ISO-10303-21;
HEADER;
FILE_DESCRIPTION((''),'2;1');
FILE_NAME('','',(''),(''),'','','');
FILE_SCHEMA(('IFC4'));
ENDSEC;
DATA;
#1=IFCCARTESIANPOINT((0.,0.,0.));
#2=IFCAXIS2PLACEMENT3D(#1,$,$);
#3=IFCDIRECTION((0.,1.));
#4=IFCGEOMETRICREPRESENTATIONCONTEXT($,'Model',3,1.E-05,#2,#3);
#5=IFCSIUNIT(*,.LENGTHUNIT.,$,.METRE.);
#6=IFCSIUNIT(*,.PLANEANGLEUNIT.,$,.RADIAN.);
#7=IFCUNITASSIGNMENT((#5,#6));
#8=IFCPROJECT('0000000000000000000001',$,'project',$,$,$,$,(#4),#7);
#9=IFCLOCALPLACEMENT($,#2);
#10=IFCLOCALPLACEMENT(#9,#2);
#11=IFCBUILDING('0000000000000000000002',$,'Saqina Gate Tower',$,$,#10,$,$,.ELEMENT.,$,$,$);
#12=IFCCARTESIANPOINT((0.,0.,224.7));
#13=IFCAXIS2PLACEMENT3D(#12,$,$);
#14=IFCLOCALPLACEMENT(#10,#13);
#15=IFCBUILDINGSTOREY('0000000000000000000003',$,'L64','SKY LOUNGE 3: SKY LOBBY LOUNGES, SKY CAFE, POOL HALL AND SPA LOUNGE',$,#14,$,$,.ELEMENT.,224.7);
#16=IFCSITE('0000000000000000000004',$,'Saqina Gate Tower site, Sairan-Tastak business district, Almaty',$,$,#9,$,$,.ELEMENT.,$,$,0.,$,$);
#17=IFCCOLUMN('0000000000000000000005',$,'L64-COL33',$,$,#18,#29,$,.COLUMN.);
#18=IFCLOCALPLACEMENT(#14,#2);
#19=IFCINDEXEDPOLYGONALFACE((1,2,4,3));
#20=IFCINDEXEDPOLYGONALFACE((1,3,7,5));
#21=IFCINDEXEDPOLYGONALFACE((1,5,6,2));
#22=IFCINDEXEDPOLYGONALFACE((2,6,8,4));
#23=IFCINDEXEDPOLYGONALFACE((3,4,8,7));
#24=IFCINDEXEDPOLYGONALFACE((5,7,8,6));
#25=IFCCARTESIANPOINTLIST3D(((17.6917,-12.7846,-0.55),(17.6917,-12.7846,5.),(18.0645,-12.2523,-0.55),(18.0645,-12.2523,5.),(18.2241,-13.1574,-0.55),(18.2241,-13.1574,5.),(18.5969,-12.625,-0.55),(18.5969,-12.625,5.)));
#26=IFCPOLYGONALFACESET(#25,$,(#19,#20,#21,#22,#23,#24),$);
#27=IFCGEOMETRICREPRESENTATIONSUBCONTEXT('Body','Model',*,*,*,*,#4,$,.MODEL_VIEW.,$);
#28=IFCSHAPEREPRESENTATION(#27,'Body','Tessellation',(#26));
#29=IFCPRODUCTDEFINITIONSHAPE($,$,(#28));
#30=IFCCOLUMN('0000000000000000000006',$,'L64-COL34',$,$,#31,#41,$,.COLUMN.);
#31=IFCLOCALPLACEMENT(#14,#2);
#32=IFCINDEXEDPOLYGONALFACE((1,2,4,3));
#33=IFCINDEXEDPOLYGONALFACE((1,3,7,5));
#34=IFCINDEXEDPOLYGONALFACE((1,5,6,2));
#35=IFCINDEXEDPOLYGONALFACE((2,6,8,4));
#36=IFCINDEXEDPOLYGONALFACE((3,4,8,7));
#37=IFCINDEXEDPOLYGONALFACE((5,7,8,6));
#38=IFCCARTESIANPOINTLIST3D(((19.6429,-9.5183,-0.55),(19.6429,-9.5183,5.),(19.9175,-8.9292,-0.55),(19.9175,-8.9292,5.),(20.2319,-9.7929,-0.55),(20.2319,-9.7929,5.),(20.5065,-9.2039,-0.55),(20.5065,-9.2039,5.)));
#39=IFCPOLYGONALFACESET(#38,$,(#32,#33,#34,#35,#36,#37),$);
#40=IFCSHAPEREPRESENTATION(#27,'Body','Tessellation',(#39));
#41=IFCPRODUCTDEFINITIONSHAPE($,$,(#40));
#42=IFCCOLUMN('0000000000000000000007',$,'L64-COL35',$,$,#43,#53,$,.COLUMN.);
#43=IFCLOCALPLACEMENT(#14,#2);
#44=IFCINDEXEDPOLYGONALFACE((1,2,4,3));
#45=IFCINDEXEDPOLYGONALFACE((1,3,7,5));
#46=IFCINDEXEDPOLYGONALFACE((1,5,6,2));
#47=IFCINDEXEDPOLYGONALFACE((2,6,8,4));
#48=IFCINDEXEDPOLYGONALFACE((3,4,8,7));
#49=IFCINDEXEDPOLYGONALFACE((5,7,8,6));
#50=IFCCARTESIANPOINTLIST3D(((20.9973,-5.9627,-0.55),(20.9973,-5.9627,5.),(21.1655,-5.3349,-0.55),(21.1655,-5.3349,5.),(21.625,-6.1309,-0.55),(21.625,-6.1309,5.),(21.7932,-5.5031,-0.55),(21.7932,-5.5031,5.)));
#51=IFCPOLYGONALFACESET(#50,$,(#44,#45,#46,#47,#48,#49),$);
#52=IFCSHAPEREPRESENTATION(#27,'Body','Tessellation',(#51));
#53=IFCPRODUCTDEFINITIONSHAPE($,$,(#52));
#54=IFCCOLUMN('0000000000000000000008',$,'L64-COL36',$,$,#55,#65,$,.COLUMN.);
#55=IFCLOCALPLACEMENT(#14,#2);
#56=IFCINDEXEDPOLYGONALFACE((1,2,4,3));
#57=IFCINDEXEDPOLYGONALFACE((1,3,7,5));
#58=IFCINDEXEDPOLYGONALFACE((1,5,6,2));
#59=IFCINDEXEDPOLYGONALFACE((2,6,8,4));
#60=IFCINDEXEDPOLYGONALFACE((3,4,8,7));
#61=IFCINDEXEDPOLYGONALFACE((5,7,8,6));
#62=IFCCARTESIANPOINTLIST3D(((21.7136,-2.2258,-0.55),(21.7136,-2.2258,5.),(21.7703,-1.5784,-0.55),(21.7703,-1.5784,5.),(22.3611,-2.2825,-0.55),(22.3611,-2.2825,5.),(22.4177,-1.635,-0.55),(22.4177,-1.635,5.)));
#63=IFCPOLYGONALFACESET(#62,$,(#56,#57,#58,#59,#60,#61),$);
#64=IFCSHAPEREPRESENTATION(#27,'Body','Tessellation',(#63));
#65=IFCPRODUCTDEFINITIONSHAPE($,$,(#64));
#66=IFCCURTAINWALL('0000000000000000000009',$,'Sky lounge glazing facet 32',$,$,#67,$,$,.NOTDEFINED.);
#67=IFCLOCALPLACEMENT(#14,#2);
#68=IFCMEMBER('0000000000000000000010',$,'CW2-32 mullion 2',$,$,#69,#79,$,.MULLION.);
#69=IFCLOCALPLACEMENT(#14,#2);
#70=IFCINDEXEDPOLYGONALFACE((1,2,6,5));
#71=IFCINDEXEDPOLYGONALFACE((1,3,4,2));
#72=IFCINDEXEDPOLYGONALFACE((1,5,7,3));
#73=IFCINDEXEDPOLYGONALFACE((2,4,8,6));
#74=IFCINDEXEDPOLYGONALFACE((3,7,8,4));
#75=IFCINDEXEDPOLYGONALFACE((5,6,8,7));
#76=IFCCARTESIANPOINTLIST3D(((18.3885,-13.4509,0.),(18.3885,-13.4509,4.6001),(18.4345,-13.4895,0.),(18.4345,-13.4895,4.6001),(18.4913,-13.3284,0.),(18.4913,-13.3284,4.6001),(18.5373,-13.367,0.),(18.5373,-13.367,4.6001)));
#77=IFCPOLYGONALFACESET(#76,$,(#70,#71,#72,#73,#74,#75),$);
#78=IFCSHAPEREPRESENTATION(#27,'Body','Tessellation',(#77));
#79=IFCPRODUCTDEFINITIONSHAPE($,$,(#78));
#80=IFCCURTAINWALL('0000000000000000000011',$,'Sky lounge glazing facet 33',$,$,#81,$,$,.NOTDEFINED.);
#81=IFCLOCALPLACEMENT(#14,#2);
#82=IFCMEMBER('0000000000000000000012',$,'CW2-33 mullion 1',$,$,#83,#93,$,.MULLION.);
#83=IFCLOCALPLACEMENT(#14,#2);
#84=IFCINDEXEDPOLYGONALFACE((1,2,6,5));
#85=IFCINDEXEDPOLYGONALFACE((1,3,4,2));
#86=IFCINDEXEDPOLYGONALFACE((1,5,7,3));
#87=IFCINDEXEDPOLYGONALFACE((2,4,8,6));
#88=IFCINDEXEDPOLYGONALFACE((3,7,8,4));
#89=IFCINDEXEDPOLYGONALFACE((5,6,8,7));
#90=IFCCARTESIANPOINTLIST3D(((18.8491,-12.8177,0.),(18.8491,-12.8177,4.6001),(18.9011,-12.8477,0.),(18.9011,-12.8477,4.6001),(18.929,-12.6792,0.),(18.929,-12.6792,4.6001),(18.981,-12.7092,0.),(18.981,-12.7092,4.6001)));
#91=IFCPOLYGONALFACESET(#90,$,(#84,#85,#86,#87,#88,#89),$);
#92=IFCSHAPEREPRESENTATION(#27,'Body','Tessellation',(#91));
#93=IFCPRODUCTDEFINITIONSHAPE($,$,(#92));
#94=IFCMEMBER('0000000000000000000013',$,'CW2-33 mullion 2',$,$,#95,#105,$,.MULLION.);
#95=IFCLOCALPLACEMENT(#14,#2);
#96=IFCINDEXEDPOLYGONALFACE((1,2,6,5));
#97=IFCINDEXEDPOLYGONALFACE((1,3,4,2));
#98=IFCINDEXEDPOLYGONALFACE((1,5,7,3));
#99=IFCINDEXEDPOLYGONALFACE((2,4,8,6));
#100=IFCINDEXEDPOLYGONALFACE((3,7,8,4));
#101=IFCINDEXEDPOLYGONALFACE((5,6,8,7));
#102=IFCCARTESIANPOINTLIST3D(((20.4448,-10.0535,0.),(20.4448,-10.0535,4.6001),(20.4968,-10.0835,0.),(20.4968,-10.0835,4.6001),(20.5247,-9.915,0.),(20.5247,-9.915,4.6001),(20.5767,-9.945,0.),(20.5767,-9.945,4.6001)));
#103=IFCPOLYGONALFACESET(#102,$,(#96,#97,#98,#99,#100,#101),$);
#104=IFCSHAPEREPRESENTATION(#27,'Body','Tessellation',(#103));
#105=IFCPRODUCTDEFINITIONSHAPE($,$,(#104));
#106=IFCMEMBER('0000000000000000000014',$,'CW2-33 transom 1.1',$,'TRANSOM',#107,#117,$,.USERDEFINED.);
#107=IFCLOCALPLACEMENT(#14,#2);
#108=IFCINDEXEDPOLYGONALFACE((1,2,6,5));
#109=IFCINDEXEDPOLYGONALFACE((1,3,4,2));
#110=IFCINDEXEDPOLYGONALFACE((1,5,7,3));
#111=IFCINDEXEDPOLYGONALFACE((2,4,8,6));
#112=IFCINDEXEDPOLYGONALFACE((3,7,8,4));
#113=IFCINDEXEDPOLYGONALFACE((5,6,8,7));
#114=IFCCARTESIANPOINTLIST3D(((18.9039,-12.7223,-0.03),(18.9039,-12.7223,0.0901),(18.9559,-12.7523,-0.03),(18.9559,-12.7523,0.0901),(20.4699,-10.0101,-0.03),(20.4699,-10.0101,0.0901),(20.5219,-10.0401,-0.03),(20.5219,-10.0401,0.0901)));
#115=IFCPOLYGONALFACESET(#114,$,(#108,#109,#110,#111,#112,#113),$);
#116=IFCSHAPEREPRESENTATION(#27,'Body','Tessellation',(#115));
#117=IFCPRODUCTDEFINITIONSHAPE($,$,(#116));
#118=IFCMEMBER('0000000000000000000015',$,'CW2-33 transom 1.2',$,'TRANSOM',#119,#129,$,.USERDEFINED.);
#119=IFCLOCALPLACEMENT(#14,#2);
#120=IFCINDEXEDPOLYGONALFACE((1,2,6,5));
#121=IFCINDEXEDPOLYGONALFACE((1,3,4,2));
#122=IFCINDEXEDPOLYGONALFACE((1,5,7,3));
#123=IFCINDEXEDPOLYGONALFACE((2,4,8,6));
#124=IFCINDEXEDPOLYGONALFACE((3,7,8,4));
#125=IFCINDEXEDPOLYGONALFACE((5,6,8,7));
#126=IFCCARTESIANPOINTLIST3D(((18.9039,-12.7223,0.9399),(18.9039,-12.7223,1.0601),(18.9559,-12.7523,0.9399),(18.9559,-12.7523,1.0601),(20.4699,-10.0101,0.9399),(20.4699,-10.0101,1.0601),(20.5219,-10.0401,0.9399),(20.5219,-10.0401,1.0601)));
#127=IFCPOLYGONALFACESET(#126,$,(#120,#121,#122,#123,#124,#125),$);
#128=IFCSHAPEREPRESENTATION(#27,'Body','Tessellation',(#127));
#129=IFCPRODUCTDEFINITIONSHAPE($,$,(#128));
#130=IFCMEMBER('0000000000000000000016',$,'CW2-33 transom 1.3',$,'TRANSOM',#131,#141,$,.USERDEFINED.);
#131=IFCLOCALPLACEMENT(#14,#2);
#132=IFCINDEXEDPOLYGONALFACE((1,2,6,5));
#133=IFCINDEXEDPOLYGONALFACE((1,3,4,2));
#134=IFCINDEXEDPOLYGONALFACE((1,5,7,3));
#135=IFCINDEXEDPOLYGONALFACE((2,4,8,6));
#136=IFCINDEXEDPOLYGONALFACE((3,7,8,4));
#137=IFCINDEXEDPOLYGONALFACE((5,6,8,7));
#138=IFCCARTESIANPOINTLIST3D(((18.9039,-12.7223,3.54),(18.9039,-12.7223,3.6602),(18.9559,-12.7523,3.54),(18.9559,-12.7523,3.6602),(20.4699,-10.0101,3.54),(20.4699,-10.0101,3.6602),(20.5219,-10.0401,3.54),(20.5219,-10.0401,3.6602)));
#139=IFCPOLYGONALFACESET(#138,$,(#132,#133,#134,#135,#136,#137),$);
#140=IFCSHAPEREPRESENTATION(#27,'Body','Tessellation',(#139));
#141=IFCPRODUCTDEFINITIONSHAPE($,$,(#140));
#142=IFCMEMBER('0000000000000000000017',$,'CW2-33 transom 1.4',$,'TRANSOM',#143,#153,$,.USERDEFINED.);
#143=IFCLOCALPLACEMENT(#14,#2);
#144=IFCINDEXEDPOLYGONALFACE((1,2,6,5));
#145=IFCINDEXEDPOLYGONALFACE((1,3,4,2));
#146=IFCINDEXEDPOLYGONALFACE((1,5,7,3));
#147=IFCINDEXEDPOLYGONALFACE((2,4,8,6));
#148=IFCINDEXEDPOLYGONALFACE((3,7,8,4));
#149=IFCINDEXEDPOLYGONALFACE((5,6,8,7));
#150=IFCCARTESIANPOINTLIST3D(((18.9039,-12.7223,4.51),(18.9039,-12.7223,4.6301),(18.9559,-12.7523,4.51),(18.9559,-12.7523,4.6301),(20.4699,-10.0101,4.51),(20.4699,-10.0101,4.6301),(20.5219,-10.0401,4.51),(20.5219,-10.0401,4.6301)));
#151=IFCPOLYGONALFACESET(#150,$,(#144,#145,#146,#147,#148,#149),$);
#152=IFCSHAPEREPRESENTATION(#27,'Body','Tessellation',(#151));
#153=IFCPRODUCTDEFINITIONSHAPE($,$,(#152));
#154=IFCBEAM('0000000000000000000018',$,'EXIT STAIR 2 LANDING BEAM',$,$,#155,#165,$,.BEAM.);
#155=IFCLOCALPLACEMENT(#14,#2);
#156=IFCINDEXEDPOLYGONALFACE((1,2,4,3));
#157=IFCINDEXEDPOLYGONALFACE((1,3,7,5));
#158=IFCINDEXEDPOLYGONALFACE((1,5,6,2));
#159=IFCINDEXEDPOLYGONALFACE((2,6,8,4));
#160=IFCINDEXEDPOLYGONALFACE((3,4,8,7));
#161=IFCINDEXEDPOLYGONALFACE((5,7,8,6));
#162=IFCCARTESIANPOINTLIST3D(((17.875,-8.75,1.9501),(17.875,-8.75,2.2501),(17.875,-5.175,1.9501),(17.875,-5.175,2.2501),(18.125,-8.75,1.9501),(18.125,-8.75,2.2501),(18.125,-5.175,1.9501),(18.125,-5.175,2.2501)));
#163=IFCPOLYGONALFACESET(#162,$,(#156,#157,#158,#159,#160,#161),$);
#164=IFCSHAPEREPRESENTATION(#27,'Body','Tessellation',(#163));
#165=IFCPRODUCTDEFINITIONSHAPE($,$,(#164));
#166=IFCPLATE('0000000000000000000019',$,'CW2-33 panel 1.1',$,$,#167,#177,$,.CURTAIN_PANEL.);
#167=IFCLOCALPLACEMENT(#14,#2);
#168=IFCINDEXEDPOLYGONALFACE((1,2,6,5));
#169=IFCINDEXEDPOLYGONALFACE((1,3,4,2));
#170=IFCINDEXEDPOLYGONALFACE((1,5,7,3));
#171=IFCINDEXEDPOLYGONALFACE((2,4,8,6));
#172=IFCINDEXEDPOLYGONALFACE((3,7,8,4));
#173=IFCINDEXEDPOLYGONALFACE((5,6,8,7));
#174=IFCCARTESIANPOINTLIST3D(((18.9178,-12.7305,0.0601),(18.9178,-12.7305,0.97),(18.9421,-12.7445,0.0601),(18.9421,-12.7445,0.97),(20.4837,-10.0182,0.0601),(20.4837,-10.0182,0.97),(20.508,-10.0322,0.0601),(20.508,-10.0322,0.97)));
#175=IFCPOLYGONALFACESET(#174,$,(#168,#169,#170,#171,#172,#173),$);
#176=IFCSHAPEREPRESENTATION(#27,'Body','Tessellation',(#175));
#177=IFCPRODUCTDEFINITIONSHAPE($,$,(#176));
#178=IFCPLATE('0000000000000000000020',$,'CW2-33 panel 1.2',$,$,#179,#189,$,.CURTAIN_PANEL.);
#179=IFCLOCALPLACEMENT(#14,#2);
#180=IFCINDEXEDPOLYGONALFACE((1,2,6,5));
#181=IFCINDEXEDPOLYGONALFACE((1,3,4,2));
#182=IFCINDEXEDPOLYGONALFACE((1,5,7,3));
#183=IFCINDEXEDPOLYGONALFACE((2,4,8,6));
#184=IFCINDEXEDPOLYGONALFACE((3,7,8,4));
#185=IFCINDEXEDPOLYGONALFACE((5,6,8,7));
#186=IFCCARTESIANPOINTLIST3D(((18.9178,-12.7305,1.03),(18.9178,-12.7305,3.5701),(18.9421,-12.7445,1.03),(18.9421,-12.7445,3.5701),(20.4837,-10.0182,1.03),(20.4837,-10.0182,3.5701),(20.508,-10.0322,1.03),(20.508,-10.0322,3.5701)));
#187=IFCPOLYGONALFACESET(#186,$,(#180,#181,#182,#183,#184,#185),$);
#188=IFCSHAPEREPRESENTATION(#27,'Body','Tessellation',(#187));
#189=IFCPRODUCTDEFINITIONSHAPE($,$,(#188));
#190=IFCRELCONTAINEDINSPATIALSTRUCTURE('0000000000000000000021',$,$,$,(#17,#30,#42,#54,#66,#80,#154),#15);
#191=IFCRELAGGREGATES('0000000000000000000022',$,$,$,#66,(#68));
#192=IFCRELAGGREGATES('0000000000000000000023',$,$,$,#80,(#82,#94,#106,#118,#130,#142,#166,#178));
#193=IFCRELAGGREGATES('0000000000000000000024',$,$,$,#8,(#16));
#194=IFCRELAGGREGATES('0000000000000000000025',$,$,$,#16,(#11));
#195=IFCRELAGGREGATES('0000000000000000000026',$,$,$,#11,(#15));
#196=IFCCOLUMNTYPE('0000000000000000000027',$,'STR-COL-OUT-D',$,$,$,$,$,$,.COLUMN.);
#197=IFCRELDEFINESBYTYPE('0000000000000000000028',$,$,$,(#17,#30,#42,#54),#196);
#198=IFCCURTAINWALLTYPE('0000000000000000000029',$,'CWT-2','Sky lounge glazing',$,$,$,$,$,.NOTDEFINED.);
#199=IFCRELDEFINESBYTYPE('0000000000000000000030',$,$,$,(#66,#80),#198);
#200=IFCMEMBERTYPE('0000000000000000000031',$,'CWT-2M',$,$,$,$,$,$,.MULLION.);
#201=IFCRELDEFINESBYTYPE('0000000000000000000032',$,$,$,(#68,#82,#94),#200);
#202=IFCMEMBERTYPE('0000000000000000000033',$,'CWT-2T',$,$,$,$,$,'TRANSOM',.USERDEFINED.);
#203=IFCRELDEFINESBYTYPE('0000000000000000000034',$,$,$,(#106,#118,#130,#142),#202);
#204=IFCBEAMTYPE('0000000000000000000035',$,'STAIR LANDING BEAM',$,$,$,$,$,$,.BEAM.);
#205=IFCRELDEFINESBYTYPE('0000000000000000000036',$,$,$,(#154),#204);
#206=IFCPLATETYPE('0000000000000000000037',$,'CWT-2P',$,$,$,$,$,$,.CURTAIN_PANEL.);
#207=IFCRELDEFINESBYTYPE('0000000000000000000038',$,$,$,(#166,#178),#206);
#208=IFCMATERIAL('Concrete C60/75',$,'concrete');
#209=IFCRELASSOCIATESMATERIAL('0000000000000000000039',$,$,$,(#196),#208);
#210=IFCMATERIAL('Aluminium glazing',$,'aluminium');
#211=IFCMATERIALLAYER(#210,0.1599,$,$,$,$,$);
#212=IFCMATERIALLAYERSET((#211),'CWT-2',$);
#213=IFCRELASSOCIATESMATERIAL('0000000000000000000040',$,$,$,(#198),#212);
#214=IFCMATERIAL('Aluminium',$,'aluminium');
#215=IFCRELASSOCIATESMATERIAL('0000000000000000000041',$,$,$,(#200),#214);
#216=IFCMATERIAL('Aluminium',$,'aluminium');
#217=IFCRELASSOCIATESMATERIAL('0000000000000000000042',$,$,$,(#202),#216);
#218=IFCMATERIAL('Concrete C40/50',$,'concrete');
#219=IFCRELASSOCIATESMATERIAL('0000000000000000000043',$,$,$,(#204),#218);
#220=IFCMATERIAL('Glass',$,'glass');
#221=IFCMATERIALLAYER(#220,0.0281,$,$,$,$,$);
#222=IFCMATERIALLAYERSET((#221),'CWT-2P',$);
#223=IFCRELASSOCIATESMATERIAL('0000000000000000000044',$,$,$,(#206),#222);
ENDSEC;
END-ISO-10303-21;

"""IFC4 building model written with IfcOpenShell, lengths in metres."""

from ifc_helpers import new_model, si_unit, direction, frame, origin, origin_2d, place, context, subcontext, project, spatial, rectangle, extrude, material, layer, layer_set, material_profile, profile_set, type_object, element, aggregate, save


model = new_model("IFC4")

# Units and contexts
model_context = context("Model", 3, precision=1e-05, world=origin(), true_north=direction((0.0, 1.0)))
body_context = subcontext(model_context, "Body", "Model", "MODEL_VIEW")
ifc_project = project(units=[si_unit("LENGTHUNIT", "METRE"), si_unit("PLANEANGLEUNIT", "RADIAN")], contexts=[model_context])

# Site, building, storey
site_placement = place(None, origin())
site = spatial("IfcSite", under=ifc_project, at=site_placement, Name="Saqina Gate Tower site, Sairan-Tastak business district, Almaty", CompositionType="ELEMENT", RefElevation=0.0)
building_placement = place(site_placement, origin())
building = spatial("IfcBuilding", under=site, at=building_placement, Name="Saqina Gate Tower", CompositionType="ELEMENT")
storey_placement = place(building_placement, frame((0.0, 0.0, 224.7)))
storey = spatial("IfcBuildingStorey", under=building, at=storey_placement, Name="L64", Description="SKY LOUNGE 3: SKY LOBBY LOUNGES, SKY CAFE, POOL HALL AND SPA LOUNGE", CompositionType="ELEMENT", Elevation=224.7)

# Columns
ifc_material_1 = material(Name="Concrete C60/75", Category="concrete")
ifc_material_profile_1 = material_profile(ifc_material_1, rectangle(XDim=0.6499, YDim=0.6499, at=origin_2d()), Name="RC 650x650")
ifc_profile_set_1 = profile_set([ifc_material_profile_1], Name="Concrete C60/75")
column_type = type_object("IfcColumnType", Name="STR-COL-OUT-D", PredefinedType="COLUMN", material=ifc_profile_set_1)
for number, where, z_axis, x_axis, name in (
    (1, (18.1443, -12.7048, -0.55), (0.0, 0.0, 1.0), (0.819152, -0.573576, 0.0), "L64-COL33"),
    (2, (20.0747, -9.3611, -0.55), (0.0, 0.0, 1.0), (0.906308, -0.422618, 0.0), "L64-COL34"),
    (3, (21.3953, -5.7329, -0.55), (0.0, 0.0, 1.0), (0.965926, -0.258819, 0.0), "L64-COL35"),
    (4, (22.0657, -1.9304, -0.55), (0.0, 0.0, 1.0), (0.996195, -0.087156, 0.0), "L64-COL36"),
):
    element("IfcColumn", number, at=place(storey_placement, frame(where, z_axis=z_axis, x_axis=x_axis)), inside=storey, type_object=column_type, Name=name, PredefinedType="COLUMN", context=body_context, shape_type="SweptSolid", body=[
        extrude(rectangle(XDim=0.6499, YDim=0.6499, at=origin_2d()), origin(), (0.0, 0.0, 1.0), 5.55),
    ])

# Curtain wall, member
ifc_material_2 = material(Name="Aluminium glazing", Category="aluminium")
ifc_layer_1 = layer(ifc_material_2, 0.1599)
ifc_layer_set_1 = layer_set([ifc_layer_1], Name="CWT-2")
curtain_wall_type = type_object("IfcCurtainWallType", Name="CWT-2", Description="Sky lounge glazing", PredefinedType="NOTDEFINED", material=ifc_layer_set_1)
curtain_wall_1_placement = place(storey_placement, origin())
curtain_wall_1 = element("IfcCurtainWall", 5, at=curtain_wall_1_placement, inside=storey, type_object=curtain_wall_type, Name="Sky lounge glazing facet 32", PredefinedType="NOTDEFINED")
ifc_material_3 = material(Name="Aluminium", Category="aluminium")
ifc_material_profile_2 = material_profile(ifc_material_3, rectangle(XDim=0.0601, YDim=0.1599, at=origin_2d()), Name="Aluminium 60x160")
ifc_profile_set_2 = profile_set([ifc_material_profile_2], Name="Aluminium")
member_type_1 = type_object("IfcMemberType", Name="CWT-2M", PredefinedType="MULLION", material=ifc_profile_set_2)
member_1_placement = place(storey_placement, frame((18.4629, -13.4089, 0.0), z_axis=(0.0, 0.0, 1.0), x_axis=(-0.766046, 0.642785, 0.0)))
member_1 = element("IfcMember", 6, at=member_1_placement, type_object=member_type_1, Name="CW2-32 mullion 2", PredefinedType="MULLION", context=body_context, shape_type="SweptSolid", body=[
    extrude(rectangle(XDim=0.0601, YDim=0.1599, at=origin_2d()), origin(), (0.0, 0.0, 1.0), 4.6001),
])
aggregate(curtain_wall_1, [member_1])

# Curtain wall, members
curtain_wall_2_placement = place(storey_placement, origin())
curtain_wall_2 = element("IfcCurtainWall", 7, at=curtain_wall_2_placement, inside=storey, type_object=curtain_wall_type, Name="Sky lounge glazing facet 33", PredefinedType="NOTDEFINED")
member_2_placement = place(storey_placement, frame((18.915, -12.7634, 0.0), z_axis=(0.0, 0.0, 1.0), x_axis=(-0.866036, 0.499982, 0.0)))
member_2 = element("IfcMember", 8, at=member_2_placement, type_object=member_type_1, Name="CW2-33 mullion 1", PredefinedType="MULLION", context=body_context, shape_type="SweptSolid", body=[
    extrude(rectangle(XDim=0.0601, YDim=0.1599, at=origin_2d()), origin(), (0.0, 0.0, 1.0), 4.6001),
])
member_3_placement = place(storey_placement, frame((20.5107, -9.9993, 0.0), z_axis=(0.0, 0.0, 1.0), x_axis=(-0.866036, 0.499982, 0.0)))
member_3 = element("IfcMember", 9, at=member_3_placement, type_object=member_type_1, Name="CW2-33 mullion 2", PredefinedType="MULLION", context=body_context, shape_type="SweptSolid", body=[
    extrude(rectangle(XDim=0.0601, YDim=0.1599, at=origin_2d()), origin(), (0.0, 0.0, 1.0), 4.6001),
])
ifc_material_4 = material(Name="Aluminium", Category="aluminium")
ifc_material_profile_3 = material_profile(ifc_material_4, rectangle(XDim=0.0601, YDim=0.1201, at=origin_2d()), Name="Aluminium 60x120")
ifc_profile_set_3 = profile_set([ifc_material_profile_3], Name="Aluminium")
member_type_2 = type_object("IfcMemberType", Name="CWT-2T", ElementType="TRANSOM", PredefinedType="USERDEFINED", material=ifc_profile_set_3)
member_4_placement = place(storey_placement, frame((18.9299, -12.7373, 0.03), z_axis=(0.500013, 0.866018, 0.0), x_axis=(-0.866018, 0.500013, 0.0)))
member_4 = element("IfcMember", 10, at=member_4_placement, type_object=member_type_2, Name="CW2-33 transom 1.1", ObjectType="TRANSOM", PredefinedType="USERDEFINED", context=body_context, shape_type="SweptSolid", body=[
    extrude(rectangle(XDim=0.0601, YDim=0.1201, at=origin_2d()), origin(), (0.0, 0.0, 1.0), 3.1318),
])
member_5_placement = place(storey_placement, frame((18.9299, -12.7373, 1.0), z_axis=(0.500013, 0.866018, 0.0), x_axis=(-0.866018, 0.500013, 0.0)))
member_5 = element("IfcMember", 11, at=member_5_placement, type_object=member_type_2, Name="CW2-33 transom 1.2", ObjectType="TRANSOM", PredefinedType="USERDEFINED", context=body_context, shape_type="SweptSolid", body=[
    extrude(rectangle(XDim=0.0601, YDim=0.1201, at=origin_2d()), origin(), (0.0, 0.0, 1.0), 3.1318),
])
member_6_placement = place(storey_placement, frame((18.9299, -12.7373, 3.6001), z_axis=(0.500013, 0.866018, 0.0), x_axis=(-0.866018, 0.500013, 0.0)))
member_6 = element("IfcMember", 12, at=member_6_placement, type_object=member_type_2, Name="CW2-33 transom 1.3", ObjectType="TRANSOM", PredefinedType="USERDEFINED", context=body_context, shape_type="SweptSolid", body=[
    extrude(rectangle(XDim=0.0601, YDim=0.1201, at=origin_2d()), origin(), (0.0, 0.0, 1.0), 3.1318),
])
member_7_placement = place(storey_placement, frame((18.9299, -12.7373, 4.5701), z_axis=(0.500013, 0.866018, 0.0), x_axis=(-0.866018, 0.500013, 0.0)))
member_7 = element("IfcMember", 13, at=member_7_placement, type_object=member_type_2, Name="CW2-33 transom 1.4", ObjectType="TRANSOM", PredefinedType="USERDEFINED", context=body_context, shape_type="SweptSolid", body=[
    extrude(rectangle(XDim=0.0601, YDim=0.1201, at=origin_2d()), origin(), (0.0, 0.0, 1.0), 3.1318),
])

# Beam
ifc_material_5 = material(Name="Concrete C40/50", Category="concrete")
ifc_material_profile_4 = material_profile(ifc_material_5, rectangle(XDim=0.25, YDim=0.3, at=origin_2d()), Name="STAIR LANDING BEAM")
ifc_profile_set_4 = profile_set([ifc_material_profile_4], Name="Concrete C40/50")
beam_type = type_object("IfcBeamType", Name="STAIR LANDING BEAM", PredefinedType="BEAM", material=ifc_profile_set_4)
beam_placement = place(storey_placement, frame((18.0, -8.75, 2.1001), z_axis=(0.0, 1.0, 0.0), x_axis=(-1.0, 0.0, 0.0)))
element("IfcBeam", 14, at=beam_placement, inside=storey, type_object=beam_type, Name="EXIT STAIR 2 LANDING BEAM", PredefinedType="BEAM", context=body_context, shape_type="SweptSolid", body=[
    extrude(rectangle(XDim=0.25, YDim=0.3, at=origin_2d()), origin(), (0.0, 0.0, 1.0), 3.575),
])

# Plates
ifc_material_6 = material(Name="Glass", Category="glass")
ifc_layer_2 = layer(ifc_material_6, 0.0281)
ifc_layer_set_2 = layer_set([ifc_layer_2], Name="CWT-2P")
plate_type = type_object("IfcPlateType", Name="CWT-2P", PredefinedType="CURTAIN_PANEL", material=ifc_layer_set_2)
plate_1_placement = place(storey_placement, frame((19.7129, -11.3813, 0.0601), z_axis=(0.0, 0.0, 1.0), x_axis=(0.499982, 0.866036, 0.0)))
plate_1 = element("IfcPlate", 15, at=plate_1_placement, type_object=plate_type, Name="CW2-33 panel 1.1", PredefinedType="CURTAIN_PANEL", context=body_context, shape_type="SweptSolid", body=[
    extrude(rectangle(XDim=3.1318, YDim=0.0281, at=origin_2d()), origin(), (0.0, 0.0, 1.0), 0.9099),
])
plate_2_placement = place(storey_placement, frame((19.7129, -11.3813, 1.03), z_axis=(0.0, 0.0, 1.0), x_axis=(0.499982, 0.866036, 0.0)))
plate_2 = element("IfcPlate", 16, at=plate_2_placement, type_object=plate_type, Name="CW2-33 panel 1.2", PredefinedType="CURTAIN_PANEL", context=body_context, shape_type="SweptSolid", body=[
    extrude(rectangle(XDim=3.1318, YDim=0.0281, at=origin_2d()), origin(), (0.0, 0.0, 1.0), 2.54),
])
aggregate(curtain_wall_2, [member_2, member_3, member_4, member_5, member_6, member_7, plate_1, plate_2])

save(model, "model.ifc")
